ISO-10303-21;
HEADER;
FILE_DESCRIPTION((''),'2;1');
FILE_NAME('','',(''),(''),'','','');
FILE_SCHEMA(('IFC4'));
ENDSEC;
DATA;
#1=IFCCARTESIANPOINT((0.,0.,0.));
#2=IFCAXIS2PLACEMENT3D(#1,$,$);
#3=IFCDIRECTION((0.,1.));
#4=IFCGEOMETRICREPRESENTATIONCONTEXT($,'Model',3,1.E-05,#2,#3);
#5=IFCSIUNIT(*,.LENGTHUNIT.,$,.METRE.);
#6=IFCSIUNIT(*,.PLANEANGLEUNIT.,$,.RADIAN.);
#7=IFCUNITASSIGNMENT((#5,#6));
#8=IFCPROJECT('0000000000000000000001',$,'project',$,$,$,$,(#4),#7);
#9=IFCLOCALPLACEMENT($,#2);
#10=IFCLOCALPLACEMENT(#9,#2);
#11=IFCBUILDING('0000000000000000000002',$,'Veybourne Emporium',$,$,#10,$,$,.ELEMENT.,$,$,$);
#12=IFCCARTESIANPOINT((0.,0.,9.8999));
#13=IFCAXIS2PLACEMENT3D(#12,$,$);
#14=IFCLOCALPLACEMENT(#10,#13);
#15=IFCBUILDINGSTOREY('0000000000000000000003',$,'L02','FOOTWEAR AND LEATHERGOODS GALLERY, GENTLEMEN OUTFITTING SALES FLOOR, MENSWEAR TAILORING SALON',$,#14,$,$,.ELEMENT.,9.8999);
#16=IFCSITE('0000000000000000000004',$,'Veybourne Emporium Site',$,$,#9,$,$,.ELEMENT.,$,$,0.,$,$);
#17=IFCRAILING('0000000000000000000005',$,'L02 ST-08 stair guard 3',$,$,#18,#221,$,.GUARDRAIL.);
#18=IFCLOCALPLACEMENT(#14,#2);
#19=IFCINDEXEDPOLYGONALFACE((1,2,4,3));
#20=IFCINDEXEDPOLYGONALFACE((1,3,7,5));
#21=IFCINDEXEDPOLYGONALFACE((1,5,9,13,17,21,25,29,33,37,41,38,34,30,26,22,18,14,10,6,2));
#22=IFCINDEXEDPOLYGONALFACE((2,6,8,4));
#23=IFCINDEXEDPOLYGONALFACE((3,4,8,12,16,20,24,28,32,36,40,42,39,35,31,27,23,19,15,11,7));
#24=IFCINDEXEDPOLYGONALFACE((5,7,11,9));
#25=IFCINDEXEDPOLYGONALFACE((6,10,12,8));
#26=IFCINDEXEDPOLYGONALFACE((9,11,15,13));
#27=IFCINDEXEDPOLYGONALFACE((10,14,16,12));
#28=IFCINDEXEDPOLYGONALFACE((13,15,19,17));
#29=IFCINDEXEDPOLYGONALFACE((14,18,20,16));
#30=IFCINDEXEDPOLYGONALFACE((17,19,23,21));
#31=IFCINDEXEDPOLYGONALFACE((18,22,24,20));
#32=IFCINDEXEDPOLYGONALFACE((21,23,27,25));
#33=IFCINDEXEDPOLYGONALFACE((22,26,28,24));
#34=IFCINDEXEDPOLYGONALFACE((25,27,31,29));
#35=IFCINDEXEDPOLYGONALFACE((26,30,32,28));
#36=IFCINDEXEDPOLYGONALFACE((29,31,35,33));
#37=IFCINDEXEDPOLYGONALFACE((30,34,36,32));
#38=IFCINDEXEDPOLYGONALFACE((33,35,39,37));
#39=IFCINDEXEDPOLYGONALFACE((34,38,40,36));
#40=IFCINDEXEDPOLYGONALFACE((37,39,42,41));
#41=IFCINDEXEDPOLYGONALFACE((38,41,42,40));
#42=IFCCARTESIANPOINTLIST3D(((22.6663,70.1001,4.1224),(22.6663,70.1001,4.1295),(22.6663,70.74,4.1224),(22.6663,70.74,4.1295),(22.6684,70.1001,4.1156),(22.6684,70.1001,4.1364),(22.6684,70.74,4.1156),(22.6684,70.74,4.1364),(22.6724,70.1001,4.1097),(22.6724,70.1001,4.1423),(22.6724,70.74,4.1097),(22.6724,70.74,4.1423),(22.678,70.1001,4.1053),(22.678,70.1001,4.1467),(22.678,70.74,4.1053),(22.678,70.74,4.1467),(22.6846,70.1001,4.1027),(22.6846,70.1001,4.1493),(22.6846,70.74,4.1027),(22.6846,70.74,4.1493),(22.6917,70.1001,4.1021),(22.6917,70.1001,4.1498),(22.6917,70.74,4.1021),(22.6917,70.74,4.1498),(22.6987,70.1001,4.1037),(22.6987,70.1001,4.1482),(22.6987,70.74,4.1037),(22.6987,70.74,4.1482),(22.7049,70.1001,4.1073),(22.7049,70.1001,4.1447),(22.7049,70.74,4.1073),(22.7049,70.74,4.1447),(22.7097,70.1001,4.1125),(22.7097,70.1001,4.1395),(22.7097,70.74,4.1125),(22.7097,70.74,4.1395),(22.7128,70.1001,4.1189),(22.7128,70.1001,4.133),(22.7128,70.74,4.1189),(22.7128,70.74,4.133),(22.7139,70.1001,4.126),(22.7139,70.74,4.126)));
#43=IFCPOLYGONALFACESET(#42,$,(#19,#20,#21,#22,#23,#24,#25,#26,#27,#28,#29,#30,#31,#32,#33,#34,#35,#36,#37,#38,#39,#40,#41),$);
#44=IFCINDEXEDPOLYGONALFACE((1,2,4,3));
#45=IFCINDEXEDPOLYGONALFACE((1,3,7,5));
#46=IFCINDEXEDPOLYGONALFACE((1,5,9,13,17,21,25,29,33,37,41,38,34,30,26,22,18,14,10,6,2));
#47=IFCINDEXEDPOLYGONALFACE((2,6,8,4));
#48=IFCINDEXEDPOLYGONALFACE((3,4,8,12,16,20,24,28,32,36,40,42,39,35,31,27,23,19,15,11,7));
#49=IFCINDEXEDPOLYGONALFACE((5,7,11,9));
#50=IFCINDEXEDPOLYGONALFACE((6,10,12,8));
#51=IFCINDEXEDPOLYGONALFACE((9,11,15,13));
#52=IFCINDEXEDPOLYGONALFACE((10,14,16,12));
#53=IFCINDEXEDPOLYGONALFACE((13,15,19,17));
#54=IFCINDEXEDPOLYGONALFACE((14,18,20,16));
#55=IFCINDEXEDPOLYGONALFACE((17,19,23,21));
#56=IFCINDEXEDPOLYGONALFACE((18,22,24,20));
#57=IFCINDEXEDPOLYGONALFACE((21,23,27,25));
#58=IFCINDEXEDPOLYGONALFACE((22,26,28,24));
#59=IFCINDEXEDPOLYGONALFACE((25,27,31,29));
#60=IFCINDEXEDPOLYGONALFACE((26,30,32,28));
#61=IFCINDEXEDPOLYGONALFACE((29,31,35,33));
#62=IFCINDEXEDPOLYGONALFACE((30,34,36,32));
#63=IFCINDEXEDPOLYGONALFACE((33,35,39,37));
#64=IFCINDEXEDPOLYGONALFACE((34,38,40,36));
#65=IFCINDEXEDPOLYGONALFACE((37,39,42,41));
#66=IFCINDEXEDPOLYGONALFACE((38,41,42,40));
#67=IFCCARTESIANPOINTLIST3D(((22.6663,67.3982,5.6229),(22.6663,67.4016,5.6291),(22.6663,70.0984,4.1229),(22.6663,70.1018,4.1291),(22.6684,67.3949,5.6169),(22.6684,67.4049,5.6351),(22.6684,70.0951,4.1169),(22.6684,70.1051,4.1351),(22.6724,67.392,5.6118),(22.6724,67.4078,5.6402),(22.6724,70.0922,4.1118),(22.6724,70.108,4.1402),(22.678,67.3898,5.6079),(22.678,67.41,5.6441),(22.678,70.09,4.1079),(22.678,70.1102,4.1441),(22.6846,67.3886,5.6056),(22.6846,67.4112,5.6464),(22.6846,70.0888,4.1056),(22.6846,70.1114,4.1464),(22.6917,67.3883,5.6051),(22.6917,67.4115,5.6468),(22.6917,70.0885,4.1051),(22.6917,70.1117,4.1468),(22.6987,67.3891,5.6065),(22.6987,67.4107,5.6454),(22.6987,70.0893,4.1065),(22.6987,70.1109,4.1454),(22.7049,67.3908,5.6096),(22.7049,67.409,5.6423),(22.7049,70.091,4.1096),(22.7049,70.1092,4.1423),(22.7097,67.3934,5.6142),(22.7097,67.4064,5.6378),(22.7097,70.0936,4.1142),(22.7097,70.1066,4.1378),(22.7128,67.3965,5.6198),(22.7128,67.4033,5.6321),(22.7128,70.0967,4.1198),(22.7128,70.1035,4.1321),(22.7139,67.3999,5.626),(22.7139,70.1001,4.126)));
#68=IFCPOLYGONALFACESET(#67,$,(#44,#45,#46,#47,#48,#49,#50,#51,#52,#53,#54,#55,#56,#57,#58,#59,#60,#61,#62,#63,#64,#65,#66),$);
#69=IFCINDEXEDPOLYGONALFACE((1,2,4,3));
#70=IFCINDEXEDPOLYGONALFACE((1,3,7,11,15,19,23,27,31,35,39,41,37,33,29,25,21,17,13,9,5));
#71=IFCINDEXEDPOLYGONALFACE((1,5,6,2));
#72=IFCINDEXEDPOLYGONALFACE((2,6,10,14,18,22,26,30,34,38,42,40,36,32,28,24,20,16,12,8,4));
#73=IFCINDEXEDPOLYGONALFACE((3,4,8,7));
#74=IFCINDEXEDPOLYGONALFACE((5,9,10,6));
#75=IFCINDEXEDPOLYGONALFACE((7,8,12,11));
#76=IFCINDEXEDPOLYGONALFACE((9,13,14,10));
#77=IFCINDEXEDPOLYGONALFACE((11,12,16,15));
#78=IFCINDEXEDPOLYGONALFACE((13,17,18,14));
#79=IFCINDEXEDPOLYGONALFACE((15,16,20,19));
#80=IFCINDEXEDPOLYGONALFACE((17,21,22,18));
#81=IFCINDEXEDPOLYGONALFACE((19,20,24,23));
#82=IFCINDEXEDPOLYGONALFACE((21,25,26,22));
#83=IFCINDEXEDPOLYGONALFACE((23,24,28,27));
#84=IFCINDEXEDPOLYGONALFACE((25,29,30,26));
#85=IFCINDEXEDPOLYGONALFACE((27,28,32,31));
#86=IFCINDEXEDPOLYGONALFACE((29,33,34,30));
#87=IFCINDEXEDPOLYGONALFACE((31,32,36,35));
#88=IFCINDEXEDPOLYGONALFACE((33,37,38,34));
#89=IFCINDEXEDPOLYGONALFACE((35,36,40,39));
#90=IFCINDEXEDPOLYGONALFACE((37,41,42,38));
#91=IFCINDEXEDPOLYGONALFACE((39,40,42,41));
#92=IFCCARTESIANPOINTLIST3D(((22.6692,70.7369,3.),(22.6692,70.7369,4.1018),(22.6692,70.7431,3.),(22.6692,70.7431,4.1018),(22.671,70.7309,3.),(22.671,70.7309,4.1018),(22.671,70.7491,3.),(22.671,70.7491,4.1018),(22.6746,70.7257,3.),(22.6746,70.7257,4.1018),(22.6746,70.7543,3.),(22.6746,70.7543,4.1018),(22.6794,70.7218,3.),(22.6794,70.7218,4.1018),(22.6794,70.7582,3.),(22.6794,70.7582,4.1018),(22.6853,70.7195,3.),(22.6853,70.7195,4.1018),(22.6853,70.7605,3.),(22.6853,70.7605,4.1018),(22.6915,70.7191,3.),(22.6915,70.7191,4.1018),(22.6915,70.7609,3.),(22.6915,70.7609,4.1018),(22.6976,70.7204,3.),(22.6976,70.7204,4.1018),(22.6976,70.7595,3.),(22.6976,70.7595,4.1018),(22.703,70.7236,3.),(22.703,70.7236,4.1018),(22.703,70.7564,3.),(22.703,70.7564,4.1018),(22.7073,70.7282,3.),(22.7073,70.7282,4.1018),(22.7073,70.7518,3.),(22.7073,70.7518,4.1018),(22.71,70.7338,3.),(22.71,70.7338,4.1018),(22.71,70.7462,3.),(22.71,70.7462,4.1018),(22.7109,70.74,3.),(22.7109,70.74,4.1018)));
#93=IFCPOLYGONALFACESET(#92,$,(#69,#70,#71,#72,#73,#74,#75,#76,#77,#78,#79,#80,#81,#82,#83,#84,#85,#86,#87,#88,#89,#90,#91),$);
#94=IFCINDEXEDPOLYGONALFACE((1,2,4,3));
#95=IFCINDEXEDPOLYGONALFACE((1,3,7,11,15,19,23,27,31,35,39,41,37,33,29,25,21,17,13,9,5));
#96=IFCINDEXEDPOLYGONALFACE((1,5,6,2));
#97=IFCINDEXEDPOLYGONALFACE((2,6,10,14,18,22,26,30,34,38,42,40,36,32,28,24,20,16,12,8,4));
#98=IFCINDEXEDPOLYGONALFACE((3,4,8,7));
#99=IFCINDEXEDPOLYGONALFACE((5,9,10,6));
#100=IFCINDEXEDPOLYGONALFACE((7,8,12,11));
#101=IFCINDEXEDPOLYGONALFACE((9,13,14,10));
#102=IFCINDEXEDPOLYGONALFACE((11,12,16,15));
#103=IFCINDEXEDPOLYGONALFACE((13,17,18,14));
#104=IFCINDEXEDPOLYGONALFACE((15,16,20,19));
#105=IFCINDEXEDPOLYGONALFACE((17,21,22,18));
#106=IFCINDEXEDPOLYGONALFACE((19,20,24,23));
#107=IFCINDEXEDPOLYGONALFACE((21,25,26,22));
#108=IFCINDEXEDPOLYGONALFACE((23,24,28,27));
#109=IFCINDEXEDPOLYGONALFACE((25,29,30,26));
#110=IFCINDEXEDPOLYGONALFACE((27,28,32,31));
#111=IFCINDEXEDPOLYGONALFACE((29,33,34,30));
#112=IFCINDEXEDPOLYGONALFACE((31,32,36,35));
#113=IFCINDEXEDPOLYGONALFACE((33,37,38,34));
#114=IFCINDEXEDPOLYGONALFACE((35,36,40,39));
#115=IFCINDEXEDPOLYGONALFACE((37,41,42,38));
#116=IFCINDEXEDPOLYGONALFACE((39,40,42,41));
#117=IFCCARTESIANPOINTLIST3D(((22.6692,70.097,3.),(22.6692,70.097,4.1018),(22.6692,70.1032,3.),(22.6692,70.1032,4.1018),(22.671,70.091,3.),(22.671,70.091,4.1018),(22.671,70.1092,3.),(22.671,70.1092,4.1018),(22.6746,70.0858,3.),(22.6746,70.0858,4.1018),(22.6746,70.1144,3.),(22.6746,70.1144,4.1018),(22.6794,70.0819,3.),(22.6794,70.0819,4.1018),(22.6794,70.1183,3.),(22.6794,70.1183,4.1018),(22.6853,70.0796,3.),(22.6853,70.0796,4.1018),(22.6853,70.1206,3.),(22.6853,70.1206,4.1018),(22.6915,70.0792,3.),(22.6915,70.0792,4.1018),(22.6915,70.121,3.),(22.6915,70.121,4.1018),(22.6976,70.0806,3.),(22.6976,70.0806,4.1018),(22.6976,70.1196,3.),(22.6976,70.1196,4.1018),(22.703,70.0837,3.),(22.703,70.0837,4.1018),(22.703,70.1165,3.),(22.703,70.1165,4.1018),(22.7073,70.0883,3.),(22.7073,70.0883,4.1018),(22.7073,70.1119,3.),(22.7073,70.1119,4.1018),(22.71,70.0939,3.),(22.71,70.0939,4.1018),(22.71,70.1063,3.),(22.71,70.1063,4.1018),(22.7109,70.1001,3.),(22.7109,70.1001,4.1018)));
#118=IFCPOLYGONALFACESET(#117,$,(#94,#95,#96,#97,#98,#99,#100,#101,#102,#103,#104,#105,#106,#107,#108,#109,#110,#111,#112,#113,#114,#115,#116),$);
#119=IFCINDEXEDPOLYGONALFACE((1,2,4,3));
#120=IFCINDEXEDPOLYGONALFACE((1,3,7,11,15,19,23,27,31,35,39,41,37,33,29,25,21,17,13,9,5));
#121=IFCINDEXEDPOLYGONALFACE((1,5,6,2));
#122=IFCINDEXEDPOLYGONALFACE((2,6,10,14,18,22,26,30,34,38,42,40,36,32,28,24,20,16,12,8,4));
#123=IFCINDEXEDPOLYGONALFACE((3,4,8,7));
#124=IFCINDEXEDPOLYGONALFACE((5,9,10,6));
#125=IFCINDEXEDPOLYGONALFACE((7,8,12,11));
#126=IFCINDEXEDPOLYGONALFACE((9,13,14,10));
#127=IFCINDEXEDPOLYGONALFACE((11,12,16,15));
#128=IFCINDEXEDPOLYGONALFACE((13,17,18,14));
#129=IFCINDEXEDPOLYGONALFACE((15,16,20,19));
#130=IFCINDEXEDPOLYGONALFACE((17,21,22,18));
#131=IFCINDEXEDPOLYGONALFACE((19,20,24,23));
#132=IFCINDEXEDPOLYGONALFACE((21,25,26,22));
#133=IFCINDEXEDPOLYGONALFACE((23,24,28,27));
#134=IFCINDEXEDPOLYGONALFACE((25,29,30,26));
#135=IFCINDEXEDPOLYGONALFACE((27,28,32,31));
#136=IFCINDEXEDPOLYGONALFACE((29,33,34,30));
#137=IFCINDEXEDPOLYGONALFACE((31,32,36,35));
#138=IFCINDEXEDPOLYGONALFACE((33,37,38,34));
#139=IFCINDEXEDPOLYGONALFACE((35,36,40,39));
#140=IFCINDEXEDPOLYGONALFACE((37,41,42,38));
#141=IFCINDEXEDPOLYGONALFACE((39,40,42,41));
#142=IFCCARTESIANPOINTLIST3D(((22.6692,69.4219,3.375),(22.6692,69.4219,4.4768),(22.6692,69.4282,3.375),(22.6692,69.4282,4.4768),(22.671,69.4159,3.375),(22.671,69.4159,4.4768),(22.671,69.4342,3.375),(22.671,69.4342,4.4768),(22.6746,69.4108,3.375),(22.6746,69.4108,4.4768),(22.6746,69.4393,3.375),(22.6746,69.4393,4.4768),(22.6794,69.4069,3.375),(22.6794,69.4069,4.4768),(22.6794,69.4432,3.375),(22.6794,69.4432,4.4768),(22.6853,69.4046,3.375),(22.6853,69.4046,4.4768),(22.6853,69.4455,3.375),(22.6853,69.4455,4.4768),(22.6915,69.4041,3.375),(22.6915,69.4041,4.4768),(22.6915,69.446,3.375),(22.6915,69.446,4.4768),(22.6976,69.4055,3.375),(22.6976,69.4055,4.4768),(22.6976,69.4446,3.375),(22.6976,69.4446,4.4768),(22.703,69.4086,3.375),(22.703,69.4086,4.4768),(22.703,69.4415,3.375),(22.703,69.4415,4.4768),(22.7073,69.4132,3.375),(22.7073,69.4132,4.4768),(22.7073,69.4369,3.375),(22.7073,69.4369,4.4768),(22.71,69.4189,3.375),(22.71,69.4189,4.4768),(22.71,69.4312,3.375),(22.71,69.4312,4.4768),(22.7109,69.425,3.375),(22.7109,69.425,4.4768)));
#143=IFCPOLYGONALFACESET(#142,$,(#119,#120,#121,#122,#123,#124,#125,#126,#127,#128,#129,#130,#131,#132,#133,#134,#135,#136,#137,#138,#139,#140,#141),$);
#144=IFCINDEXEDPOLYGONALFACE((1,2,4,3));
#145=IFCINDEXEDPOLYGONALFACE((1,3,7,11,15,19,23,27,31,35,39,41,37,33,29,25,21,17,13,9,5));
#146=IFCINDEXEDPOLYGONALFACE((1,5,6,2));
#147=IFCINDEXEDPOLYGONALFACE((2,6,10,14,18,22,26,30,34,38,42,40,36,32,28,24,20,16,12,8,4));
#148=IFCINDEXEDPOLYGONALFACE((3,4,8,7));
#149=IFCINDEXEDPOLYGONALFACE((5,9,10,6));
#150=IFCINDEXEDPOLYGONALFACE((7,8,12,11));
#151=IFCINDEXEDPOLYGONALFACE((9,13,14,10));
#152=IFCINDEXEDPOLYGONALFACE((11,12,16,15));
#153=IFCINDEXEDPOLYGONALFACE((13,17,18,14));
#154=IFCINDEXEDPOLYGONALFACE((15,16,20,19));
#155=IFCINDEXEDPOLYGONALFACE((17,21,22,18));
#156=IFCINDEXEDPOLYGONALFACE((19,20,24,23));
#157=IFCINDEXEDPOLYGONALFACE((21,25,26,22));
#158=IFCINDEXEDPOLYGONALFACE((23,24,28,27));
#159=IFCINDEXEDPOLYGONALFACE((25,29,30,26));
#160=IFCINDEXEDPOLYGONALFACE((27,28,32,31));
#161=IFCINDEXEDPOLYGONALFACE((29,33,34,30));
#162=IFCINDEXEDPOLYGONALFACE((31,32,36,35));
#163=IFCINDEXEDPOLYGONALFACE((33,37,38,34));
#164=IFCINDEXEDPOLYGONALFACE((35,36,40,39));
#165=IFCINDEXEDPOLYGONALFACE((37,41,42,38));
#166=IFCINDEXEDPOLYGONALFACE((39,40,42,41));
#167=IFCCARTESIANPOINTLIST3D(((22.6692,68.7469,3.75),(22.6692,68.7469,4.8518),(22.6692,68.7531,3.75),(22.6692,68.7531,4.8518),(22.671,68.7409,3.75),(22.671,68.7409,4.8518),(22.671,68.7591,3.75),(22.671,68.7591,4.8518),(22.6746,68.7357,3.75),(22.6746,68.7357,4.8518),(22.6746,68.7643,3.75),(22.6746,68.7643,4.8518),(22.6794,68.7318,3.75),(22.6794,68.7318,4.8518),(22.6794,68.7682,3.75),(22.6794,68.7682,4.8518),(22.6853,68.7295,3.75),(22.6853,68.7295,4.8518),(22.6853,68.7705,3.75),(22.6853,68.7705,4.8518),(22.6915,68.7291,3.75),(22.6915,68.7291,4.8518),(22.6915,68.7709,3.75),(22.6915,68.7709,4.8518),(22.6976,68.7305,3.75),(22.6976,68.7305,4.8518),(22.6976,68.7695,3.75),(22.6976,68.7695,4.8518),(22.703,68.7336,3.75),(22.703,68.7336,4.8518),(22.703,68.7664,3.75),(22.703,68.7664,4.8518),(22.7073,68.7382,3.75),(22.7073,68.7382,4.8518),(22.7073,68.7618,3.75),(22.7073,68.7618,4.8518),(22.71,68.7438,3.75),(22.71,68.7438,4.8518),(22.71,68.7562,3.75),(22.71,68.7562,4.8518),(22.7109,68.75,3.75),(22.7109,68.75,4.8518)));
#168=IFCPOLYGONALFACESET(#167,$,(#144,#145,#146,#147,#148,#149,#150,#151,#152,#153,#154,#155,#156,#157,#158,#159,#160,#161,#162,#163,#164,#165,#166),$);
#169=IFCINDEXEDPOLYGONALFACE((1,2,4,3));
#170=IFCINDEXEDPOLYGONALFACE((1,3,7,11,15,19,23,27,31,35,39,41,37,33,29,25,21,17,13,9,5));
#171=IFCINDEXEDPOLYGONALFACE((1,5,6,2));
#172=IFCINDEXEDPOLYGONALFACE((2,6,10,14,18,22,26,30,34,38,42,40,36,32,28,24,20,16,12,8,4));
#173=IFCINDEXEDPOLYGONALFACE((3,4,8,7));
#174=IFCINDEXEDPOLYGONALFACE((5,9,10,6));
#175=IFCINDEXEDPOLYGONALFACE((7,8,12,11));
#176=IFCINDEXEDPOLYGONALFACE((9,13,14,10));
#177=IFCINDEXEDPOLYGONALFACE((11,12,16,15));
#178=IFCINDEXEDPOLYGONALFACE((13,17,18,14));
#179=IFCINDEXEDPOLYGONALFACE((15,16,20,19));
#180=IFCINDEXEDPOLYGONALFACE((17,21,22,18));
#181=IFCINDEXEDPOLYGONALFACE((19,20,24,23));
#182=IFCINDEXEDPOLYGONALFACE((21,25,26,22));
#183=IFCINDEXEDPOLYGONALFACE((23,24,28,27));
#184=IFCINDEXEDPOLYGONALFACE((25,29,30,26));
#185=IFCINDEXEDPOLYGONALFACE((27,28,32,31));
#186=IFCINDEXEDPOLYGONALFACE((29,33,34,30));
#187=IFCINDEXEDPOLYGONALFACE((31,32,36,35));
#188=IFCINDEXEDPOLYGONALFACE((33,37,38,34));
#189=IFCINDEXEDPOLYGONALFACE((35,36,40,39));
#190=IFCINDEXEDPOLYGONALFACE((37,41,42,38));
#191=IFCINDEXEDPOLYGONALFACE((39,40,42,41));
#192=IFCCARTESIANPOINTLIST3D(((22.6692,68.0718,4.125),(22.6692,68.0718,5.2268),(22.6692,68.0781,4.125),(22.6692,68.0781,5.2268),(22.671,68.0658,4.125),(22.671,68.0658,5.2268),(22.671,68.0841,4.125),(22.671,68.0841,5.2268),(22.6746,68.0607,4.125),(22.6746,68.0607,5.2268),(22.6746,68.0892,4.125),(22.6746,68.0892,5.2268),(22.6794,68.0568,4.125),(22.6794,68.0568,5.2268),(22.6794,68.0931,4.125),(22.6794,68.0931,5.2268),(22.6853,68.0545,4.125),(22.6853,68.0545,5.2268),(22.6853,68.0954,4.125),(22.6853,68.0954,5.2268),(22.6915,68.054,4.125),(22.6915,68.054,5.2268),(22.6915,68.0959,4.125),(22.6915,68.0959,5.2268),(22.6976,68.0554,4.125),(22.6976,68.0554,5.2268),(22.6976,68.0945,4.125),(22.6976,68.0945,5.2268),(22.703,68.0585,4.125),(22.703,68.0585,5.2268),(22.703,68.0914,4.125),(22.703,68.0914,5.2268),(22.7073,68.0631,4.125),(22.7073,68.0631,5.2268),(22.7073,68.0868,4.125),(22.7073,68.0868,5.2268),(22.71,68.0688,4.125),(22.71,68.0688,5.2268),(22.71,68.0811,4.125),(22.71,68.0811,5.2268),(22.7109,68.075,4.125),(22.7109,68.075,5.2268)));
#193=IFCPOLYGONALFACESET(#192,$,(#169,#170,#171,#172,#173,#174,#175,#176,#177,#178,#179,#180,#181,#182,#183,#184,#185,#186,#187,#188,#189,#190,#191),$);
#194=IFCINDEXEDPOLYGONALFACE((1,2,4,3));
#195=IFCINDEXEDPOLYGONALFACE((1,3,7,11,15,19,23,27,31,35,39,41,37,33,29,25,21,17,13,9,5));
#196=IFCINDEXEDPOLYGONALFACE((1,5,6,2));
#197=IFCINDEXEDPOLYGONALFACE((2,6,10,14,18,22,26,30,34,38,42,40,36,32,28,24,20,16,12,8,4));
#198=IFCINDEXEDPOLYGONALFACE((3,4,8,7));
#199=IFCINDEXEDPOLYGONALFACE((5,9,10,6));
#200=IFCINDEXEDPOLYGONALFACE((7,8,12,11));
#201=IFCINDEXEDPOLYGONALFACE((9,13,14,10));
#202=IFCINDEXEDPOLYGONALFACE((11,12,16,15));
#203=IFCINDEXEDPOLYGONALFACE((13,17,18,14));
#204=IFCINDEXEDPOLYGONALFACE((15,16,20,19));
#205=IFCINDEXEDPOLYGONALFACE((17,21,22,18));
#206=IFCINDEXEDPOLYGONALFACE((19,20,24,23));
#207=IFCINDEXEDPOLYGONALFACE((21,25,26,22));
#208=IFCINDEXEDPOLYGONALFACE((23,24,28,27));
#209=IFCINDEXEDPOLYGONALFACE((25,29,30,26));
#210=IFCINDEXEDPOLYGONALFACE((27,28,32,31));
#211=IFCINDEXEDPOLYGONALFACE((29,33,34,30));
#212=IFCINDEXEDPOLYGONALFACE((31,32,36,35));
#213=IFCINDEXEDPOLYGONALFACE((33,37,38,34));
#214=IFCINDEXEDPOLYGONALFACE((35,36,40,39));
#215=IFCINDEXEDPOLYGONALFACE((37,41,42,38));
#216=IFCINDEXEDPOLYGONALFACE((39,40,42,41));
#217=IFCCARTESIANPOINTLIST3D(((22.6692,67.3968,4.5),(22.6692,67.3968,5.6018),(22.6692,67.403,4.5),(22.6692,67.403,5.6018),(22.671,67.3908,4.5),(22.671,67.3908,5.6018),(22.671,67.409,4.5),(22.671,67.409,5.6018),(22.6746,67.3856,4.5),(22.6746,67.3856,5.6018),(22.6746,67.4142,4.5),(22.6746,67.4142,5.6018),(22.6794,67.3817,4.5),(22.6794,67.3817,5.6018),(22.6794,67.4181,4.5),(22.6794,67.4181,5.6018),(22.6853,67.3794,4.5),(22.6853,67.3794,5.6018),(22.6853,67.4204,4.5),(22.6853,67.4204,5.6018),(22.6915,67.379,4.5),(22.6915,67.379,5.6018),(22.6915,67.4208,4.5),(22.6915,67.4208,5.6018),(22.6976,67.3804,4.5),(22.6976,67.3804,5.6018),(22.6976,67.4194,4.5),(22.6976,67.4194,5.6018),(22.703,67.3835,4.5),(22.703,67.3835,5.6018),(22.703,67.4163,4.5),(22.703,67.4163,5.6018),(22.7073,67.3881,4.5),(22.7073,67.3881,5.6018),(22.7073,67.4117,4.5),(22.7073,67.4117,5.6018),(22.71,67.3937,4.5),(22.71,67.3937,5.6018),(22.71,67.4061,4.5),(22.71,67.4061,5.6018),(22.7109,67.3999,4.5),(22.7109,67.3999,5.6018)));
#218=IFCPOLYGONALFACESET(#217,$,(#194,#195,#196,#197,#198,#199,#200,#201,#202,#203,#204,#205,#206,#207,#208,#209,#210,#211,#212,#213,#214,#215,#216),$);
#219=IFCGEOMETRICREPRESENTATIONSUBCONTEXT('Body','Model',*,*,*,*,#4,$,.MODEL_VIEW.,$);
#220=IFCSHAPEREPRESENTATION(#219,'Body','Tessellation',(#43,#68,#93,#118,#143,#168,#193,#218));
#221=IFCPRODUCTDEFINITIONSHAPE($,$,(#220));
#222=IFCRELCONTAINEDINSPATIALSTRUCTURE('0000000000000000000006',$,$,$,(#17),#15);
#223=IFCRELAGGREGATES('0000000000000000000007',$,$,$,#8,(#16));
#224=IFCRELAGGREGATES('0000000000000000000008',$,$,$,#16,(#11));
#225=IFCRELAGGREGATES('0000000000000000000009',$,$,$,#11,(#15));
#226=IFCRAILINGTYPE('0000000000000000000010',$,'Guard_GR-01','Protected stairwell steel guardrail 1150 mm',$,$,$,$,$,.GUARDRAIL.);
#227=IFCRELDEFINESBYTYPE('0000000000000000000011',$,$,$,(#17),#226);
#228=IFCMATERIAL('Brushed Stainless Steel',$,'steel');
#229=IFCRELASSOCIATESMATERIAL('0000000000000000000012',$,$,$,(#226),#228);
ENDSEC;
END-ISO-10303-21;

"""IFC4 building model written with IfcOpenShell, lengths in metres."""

from ifc_helpers import new_model, si_unit, direction, frame, origin, origin_2d, place, context, subcontext, project, spatial, circle, extrude, material, type_object, element, save


model = new_model("IFC4")

# Units and contexts
model_context = context("Model", 3, precision=1e-05, world=origin(), true_north=direction((0.0, 1.0)))
body_context = subcontext(model_context, "Body", "Model", "MODEL_VIEW")
ifc_project = project(units=[si_unit("LENGTHUNIT", "METRE"), si_unit("PLANEANGLEUNIT", "RADIAN")], contexts=[model_context])

# Site, building, storey
site_placement = place(None, origin())
site = spatial("IfcSite", under=ifc_project, at=site_placement, Name="Veybourne Emporium Site", CompositionType="ELEMENT", RefElevation=0.0)
building_placement = place(site_placement, origin())
building = spatial("IfcBuilding", under=site, at=building_placement, Name="Veybourne Emporium", CompositionType="ELEMENT")
storey_placement = place(building_placement, frame((0.0, 0.0, 9.8999)))
storey = spatial("IfcBuildingStorey", under=building, at=storey_placement, Name="L02", Description="FOOTWEAR AND LEATHERGOODS GALLERY, GENTLEMEN OUTFITTING SALES FLOOR, MENSWEAR TAILORING SALON", CompositionType="ELEMENT", Elevation=9.8999)

# Railing
ifc_material_1 = material(Name="Brushed Stainless Steel", Category="steel")
railing_type_1 = type_object("IfcRailingType", Name="Guard_GR-01", Description="Protected stairwell steel guardrail 1150 mm", PredefinedType="GUARDRAIL", material=ifc_material_1)
railing_1_placement = place(storey_placement, frame((22.6899, 70.74, 3.0)))
element("IfcRailing", 1, at=railing_1_placement, inside=storey, type_object=railing_type_1, Name="L02 ST-08 stair guard 3", PredefinedType="GUARDRAIL", context=body_context, shape_type="SweptSolid", body=[
    extrude(circle(Radius=0.0239, at=origin_2d()), frame((0.0, 0.0, 1.126), z_axis=(0.0, -1.0, 0.0), x_axis=(1.0, 0.0, 0.0)), (0.0, 0.0, 1.0), 0.6399),
    extrude(circle(Radius=0.0239, at=origin_2d()), frame((0.0, -0.6399, 1.126), z_axis=(0.0, -0.874172, 0.485616), x_axis=(1.0, 0.0, 0.0)), (0.0, 0.0, 1.0), 3.0889),
    extrude(circle(Radius=0.021, at=origin_2d()), origin(), (0.0, 0.0, 1.0), 1.1018),
    extrude(circle(Radius=0.021, at=origin_2d()), frame((0.0, -0.6399, 0.0)), (0.0, 0.0, 1.0), 1.1018),
    extrude(circle(Radius=0.021, at=origin_2d()), frame((0.0, -1.3149, 0.375)), (0.0, 0.0, 1.0), 1.1018),
    extrude(circle(Radius=0.021, at=origin_2d()), frame((0.0, -1.99, 0.75)), (0.0, 0.0, 1.0), 1.1018),
    extrude(circle(Radius=0.021, at=origin_2d()), frame((0.0, -2.665, 1.125)), (0.0, 0.0, 1.0), 1.1018),
    extrude(circle(Radius=0.021, at=origin_2d()), frame((0.0, -3.3401, 1.5)), (0.0, 0.0, 1.0), 1.1018),
])

save(model, "model.ifc")
